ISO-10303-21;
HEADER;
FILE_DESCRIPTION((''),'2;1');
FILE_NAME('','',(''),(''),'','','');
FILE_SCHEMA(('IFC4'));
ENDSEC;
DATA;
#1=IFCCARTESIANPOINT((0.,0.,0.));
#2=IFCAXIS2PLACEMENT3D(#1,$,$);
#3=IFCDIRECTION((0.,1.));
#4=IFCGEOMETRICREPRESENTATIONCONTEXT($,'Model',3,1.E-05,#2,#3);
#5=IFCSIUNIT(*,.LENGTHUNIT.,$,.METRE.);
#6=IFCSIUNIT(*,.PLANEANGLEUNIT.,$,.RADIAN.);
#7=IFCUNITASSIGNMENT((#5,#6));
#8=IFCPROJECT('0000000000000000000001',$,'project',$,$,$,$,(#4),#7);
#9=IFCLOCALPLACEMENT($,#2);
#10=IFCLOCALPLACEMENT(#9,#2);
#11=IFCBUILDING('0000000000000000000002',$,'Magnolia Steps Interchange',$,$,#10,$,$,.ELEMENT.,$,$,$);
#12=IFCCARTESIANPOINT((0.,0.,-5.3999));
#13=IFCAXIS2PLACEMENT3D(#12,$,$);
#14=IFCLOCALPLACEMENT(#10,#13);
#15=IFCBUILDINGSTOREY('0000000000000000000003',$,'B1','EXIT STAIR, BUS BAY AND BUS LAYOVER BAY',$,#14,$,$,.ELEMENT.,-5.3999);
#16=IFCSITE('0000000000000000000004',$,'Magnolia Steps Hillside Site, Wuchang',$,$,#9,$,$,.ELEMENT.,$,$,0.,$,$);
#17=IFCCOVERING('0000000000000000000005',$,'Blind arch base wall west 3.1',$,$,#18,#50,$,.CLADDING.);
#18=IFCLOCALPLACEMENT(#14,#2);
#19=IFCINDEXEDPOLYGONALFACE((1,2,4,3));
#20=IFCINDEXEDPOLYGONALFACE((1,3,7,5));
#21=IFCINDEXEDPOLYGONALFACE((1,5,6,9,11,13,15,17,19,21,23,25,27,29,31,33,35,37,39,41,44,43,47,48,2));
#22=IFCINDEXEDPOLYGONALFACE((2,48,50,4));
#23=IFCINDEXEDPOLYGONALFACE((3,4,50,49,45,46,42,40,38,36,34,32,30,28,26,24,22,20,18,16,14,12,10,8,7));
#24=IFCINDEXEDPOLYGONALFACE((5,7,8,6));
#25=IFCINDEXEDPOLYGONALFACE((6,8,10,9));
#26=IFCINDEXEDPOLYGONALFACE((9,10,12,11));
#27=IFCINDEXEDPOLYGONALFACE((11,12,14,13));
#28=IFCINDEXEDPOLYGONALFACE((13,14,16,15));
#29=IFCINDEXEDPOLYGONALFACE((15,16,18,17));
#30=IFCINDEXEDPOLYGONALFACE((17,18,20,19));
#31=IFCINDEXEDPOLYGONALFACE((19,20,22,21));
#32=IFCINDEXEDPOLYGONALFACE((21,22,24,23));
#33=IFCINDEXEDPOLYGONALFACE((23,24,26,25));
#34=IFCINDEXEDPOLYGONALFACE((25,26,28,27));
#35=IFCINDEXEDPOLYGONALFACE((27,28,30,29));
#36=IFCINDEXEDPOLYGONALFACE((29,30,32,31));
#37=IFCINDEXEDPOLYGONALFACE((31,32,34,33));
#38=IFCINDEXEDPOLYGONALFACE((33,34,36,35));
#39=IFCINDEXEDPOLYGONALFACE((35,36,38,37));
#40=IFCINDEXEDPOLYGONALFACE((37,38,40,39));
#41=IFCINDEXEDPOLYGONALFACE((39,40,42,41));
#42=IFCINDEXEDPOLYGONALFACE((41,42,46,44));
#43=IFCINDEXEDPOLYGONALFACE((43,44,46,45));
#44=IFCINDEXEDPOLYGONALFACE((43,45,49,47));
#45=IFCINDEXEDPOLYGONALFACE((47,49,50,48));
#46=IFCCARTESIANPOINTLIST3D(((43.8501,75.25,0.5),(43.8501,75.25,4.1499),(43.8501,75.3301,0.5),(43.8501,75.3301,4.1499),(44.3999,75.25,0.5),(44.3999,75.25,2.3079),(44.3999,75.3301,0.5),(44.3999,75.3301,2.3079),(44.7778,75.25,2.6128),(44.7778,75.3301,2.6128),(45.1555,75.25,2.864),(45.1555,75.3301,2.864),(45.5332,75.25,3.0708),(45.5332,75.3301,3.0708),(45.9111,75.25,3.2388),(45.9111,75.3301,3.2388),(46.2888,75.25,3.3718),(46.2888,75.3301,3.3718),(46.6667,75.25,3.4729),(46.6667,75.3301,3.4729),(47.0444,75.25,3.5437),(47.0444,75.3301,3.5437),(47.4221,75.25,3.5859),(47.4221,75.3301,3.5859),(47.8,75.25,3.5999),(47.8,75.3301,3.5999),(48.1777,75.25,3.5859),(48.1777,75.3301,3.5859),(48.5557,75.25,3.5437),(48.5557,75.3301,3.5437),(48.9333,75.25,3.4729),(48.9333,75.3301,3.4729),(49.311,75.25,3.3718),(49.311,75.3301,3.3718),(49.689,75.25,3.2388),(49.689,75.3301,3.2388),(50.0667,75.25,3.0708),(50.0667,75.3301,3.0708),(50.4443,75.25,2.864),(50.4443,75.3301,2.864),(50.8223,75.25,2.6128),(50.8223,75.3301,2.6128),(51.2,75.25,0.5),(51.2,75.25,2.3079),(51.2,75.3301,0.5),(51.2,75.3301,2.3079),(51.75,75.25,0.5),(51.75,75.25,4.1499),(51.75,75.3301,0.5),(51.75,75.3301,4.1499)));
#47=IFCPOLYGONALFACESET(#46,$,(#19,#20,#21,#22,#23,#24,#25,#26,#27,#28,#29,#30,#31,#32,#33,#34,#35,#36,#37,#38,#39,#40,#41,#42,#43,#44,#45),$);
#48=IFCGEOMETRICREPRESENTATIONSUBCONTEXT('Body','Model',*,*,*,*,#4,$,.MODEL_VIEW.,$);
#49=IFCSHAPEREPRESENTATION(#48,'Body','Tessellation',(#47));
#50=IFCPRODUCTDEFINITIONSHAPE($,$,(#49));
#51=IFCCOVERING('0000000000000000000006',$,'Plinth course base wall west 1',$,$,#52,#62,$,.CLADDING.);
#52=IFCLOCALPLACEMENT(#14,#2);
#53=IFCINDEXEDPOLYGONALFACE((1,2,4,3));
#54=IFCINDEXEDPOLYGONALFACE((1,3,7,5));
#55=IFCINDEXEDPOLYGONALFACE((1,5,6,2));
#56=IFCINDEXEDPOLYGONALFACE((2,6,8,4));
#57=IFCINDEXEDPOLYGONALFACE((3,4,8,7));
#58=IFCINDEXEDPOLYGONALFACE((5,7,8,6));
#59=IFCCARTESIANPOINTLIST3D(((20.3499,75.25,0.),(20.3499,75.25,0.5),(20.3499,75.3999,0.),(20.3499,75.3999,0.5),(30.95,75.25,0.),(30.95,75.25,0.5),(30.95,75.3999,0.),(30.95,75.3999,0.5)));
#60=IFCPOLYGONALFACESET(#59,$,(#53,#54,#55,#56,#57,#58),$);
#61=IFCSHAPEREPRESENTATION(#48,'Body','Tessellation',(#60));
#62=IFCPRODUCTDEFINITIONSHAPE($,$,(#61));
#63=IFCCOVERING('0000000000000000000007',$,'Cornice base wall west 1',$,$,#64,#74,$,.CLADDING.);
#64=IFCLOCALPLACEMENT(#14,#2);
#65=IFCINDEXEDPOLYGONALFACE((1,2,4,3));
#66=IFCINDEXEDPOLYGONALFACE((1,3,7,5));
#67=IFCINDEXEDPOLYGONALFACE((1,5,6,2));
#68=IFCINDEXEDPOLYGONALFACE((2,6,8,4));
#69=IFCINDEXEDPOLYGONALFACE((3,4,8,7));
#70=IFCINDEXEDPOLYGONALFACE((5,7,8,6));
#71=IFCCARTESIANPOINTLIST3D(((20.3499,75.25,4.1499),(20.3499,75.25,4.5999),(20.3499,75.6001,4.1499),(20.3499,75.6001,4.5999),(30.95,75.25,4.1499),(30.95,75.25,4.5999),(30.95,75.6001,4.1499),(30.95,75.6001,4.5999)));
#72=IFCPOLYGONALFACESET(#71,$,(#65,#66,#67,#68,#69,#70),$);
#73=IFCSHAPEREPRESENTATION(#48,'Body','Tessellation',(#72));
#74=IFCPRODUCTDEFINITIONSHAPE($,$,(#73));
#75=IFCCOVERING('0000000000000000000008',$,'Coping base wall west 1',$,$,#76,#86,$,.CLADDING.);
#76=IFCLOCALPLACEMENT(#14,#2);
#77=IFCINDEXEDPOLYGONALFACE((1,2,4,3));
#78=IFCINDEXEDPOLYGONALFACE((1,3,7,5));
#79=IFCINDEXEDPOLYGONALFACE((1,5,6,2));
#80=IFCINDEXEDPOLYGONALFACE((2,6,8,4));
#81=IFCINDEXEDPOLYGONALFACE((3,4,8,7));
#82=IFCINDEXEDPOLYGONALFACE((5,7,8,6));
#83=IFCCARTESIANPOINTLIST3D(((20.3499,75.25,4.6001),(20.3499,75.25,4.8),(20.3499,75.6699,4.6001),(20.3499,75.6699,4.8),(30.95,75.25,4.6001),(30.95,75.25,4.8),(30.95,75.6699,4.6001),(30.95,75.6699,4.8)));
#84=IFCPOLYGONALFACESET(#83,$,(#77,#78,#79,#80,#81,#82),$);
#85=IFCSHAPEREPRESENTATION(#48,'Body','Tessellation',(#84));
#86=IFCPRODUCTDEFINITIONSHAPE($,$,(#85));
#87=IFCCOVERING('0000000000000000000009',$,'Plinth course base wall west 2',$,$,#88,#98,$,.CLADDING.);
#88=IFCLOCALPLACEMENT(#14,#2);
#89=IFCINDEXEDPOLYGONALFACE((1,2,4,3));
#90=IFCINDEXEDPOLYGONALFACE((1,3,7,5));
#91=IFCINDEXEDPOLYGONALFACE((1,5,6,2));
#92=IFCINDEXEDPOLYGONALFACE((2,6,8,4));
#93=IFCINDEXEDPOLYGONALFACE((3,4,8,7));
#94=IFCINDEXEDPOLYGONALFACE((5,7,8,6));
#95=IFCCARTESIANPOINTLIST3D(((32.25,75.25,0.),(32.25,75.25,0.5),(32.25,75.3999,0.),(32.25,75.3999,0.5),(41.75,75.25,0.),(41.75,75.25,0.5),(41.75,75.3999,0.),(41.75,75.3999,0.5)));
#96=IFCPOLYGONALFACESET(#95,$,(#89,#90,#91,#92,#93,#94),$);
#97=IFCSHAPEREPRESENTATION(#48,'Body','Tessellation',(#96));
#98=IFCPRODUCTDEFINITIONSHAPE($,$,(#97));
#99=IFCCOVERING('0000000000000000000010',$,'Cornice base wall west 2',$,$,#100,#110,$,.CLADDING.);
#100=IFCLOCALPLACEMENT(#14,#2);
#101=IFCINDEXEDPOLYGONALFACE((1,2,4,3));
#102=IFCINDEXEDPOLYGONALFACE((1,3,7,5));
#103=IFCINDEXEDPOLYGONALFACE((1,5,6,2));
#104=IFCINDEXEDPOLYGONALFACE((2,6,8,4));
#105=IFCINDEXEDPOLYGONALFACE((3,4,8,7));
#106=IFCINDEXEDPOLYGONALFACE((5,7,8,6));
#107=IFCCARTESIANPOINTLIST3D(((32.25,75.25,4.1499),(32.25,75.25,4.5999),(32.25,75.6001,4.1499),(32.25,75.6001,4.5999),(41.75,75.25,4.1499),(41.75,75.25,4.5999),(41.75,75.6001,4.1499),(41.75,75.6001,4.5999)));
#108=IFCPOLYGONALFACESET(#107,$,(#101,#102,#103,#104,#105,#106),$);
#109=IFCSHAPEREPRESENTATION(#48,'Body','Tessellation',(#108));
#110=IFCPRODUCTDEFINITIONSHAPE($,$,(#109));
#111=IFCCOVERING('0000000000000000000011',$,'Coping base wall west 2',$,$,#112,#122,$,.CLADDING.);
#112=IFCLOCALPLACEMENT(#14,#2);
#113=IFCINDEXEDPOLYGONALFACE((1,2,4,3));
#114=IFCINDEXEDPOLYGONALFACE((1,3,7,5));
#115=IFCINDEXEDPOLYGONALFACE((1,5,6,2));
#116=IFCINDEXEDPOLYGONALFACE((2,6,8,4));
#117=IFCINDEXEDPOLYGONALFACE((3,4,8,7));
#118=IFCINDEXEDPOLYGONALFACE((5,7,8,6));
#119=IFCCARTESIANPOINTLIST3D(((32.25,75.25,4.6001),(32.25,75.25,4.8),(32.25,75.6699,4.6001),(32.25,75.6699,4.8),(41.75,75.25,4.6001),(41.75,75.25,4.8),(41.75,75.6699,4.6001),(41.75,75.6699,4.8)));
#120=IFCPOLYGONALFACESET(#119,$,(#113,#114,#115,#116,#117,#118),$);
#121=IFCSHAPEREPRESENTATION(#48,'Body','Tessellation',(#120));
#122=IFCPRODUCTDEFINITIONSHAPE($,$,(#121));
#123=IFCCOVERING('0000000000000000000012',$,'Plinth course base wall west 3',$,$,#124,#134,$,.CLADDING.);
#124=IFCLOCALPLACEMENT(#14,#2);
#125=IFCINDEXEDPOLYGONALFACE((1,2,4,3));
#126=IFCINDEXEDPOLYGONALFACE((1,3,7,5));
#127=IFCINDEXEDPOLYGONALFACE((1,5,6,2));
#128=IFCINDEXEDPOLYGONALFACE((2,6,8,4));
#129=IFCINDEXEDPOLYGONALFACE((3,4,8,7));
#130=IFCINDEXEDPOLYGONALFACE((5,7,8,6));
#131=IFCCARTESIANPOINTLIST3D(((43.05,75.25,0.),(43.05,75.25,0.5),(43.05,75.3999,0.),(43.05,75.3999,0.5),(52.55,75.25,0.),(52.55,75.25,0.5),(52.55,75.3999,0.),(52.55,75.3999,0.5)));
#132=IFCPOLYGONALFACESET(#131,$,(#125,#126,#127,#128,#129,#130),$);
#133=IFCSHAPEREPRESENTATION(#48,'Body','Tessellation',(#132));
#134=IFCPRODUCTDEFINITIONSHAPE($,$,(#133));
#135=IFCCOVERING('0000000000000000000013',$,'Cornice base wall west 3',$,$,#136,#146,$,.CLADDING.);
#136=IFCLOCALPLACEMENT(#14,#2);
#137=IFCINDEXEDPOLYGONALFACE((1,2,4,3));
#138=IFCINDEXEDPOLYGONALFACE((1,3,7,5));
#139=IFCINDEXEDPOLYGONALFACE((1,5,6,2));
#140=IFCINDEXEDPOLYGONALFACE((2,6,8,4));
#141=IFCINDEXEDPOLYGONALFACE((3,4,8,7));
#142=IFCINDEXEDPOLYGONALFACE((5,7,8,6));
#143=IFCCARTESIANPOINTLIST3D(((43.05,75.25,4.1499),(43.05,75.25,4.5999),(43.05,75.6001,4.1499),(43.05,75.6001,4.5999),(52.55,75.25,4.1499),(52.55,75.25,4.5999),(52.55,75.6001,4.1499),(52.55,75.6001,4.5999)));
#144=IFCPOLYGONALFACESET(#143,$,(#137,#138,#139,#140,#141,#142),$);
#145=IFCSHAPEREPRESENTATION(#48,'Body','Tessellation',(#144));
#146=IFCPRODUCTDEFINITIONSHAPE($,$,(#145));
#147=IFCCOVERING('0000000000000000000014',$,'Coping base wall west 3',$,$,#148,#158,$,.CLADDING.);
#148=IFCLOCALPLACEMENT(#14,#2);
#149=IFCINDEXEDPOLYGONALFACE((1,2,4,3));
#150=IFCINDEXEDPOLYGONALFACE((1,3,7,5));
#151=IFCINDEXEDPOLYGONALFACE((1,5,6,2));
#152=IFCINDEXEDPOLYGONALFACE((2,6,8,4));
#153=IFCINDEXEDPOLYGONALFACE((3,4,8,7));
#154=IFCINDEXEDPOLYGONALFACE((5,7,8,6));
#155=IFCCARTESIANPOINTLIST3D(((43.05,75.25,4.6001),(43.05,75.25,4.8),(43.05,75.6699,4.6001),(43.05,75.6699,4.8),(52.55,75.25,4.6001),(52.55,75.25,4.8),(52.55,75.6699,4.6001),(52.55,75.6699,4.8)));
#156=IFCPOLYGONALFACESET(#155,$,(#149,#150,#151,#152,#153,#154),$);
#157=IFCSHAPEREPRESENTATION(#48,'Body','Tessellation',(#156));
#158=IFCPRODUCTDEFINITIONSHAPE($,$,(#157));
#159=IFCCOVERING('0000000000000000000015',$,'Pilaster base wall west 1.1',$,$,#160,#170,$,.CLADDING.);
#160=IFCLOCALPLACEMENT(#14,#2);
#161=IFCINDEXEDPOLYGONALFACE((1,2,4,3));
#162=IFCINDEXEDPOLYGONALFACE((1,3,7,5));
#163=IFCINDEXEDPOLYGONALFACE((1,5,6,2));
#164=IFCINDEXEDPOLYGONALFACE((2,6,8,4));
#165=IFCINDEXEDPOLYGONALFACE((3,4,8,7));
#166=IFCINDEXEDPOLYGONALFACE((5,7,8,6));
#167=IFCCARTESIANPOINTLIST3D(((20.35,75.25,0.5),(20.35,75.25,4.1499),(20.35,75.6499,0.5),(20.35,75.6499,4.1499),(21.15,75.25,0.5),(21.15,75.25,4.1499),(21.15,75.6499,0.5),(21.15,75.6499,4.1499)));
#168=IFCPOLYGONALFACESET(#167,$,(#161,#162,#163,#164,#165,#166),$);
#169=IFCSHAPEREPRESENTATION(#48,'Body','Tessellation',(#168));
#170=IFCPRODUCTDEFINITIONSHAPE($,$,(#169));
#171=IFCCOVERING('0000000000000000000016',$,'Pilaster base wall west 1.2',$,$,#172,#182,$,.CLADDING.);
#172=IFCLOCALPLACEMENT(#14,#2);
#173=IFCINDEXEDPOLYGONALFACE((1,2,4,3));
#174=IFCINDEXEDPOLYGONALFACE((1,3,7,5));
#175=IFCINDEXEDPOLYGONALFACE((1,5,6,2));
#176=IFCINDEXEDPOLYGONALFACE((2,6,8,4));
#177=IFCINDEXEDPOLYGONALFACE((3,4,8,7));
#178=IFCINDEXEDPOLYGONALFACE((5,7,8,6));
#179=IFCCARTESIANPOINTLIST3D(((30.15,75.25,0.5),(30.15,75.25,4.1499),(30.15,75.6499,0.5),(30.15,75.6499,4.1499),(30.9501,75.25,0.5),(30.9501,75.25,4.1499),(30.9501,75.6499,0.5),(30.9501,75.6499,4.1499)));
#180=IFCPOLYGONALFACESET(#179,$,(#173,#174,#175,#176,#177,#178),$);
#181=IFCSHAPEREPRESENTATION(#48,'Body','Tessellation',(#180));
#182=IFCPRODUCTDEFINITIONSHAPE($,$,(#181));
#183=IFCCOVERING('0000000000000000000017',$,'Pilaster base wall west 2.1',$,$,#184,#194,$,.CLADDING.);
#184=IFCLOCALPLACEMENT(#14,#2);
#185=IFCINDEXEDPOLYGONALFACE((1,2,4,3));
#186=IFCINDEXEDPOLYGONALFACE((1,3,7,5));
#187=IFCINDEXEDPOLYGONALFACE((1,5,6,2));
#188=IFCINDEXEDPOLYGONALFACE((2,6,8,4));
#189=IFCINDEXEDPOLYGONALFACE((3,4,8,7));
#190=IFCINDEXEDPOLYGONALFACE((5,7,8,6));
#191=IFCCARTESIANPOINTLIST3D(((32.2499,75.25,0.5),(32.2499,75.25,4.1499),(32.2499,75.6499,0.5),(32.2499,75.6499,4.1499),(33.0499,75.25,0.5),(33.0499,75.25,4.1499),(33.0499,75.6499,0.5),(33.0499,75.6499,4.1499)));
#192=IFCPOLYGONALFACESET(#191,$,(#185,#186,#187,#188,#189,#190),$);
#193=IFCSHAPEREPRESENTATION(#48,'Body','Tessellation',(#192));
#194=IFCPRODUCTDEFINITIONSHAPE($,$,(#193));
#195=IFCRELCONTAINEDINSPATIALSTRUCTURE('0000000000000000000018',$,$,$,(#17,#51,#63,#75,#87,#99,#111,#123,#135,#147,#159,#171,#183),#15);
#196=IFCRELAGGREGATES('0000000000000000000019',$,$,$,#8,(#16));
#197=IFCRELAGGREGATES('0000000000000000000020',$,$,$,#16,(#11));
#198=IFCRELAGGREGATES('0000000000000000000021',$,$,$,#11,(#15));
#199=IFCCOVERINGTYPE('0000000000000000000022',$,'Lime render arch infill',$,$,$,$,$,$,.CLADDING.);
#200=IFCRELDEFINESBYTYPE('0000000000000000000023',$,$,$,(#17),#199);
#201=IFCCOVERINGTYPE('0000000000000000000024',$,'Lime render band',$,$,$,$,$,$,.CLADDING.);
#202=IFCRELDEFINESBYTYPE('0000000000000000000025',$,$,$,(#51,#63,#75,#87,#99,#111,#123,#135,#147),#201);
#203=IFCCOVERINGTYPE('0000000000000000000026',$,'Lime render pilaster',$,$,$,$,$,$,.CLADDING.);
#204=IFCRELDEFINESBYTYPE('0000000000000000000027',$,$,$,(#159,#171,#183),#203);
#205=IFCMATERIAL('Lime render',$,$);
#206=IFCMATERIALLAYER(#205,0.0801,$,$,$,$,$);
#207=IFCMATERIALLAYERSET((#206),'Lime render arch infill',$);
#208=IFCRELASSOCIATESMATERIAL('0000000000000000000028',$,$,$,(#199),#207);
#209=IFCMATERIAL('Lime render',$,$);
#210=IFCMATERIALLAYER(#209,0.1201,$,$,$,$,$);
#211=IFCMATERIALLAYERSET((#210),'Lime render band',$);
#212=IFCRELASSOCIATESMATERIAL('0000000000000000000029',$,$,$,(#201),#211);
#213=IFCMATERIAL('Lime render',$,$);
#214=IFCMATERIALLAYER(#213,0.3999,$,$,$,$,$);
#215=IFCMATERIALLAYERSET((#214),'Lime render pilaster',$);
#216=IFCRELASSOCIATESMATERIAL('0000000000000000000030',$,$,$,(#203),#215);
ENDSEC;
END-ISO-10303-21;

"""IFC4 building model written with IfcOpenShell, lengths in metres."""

from ifc_helpers import new_model, si_unit, direction, frame, origin, origin_2d, place, context, subcontext, project, spatial, polyline, rectangle, outline, extrude, material, layer, layer_set, type_object, element, save


model = new_model("IFC4")

# Units and contexts
model_context = context("Model", 3, precision=1e-05, world=origin(), true_north=direction((0.0, 1.0)))
body_context = subcontext(model_context, "Body", "Model", "MODEL_VIEW")
ifc_project = project(units=[si_unit("LENGTHUNIT", "METRE"), si_unit("PLANEANGLEUNIT", "RADIAN")], contexts=[model_context])

# Site, building, storey
site_placement = place(None, origin())
site = spatial("IfcSite", under=ifc_project, at=site_placement, Name="Magnolia Steps Hillside Site, Wuchang", CompositionType="ELEMENT", RefElevation=0.0)
building_placement = place(site_placement, origin())
building = spatial("IfcBuilding", under=site, at=building_placement, Name="Magnolia Steps Interchange", CompositionType="ELEMENT")
storey_placement = place(building_placement, frame((0.0, 0.0, -5.3999)))
storey = spatial("IfcBuildingStorey", under=building, at=storey_placement, Name="B1", Description="EXIT STAIR, BUS BAY AND BUS LAYOVER BAY", CompositionType="ELEMENT", Elevation=-5.3999)

# Coverings
ifc_material_1 = material(Name="Lime render")
ifc_layer_1 = layer(ifc_material_1, 0.0801)
ifc_layer_set_1 = layer_set([ifc_layer_1], Name="Lime render arch infill")
covering_type_1 = type_object("IfcCoveringType", Name="Lime render arch infill", PredefinedType="CLADDING", material=ifc_layer_set_1)
covering_1_placement = place(storey_placement, frame((44.3999, 75.25, 0.5), z_axis=(0.0, -1.0, 0.0), x_axis=(0.0, 0.0, 1.0)))
element("IfcCovering", 1, at=covering_1_placement, inside=storey, type_object=covering_type_1, Name="Blind arch base wall west 3.1", PredefinedType="CLADDING", context=body_context, shape_type="SweptSolid", body=[
    extrude(outline(polyline([(0.0, 0.0), (1.8079, 0.0), (2.1128, -0.3779), (2.364, -0.7556), (2.5708, -1.1333), (2.7388, -1.5112), (2.8718, -1.8889), (2.9729, -2.2668), (3.0437, -2.6445), (3.0859, -3.0222), (3.0999, -3.4001), (3.0859, -3.7778), (3.0437, -4.1558), (2.9729, -4.5334), (2.8718, -4.9111), (2.7388, -5.2891), (2.5708, -5.6667), (2.364, -6.0444), (2.1128, -6.4224), (1.8079, -6.8), (0.0, -6.8), (0.0, -7.3501), (3.6499, -7.3501), (3.6499, 0.5498), (0.0, 0.5498), (0.0, 0.0)])), origin(), (0.0, 0.0, -1.0), 0.0801),
])
ifc_material_2 = material(Name="Lime render")
ifc_layer_2 = layer(ifc_material_2, 0.1201)
ifc_layer_set_2 = layer_set([ifc_layer_2], Name="Lime render band")
covering_type_2 = type_object("IfcCoveringType", Name="Lime render band", PredefinedType="CLADDING", material=ifc_layer_set_2)
covering_2_placement = place(storey_placement, frame((25.6499, 75.325, 0.0), z_axis=(0.0, 0.0, 1.0), x_axis=(1.0, 0.0, 0.0)))
element("IfcCovering", 2, at=covering_2_placement, inside=storey, type_object=covering_type_2, Name="Plinth course base wall west 1", PredefinedType="CLADDING", context=body_context, shape_type="SweptSolid", body=[
    extrude(rectangle(XDim=10.6001, YDim=0.1499, at=origin_2d()), origin(), (0.0, 0.0, 1.0), 0.5),
])
covering_3_placement = place(storey_placement, frame((25.6499, 75.425, 4.1499), z_axis=(0.0, 0.0, 1.0), x_axis=(1.0, 0.0, 0.0)))
element("IfcCovering", 3, at=covering_3_placement, inside=storey, type_object=covering_type_2, Name="Cornice base wall west 1", PredefinedType="CLADDING", context=body_context, shape_type="SweptSolid", body=[
    extrude(rectangle(XDim=10.6001, YDim=0.3501, at=origin_2d()), origin(), (0.0, 0.0, 1.0), 0.45),
])
covering_4_placement = place(storey_placement, frame((25.6499, 75.46, 4.6001), z_axis=(0.0, 0.0, 1.0), x_axis=(1.0, 0.0, 0.0)))
element("IfcCovering", 4, at=covering_4_placement, inside=storey, type_object=covering_type_2, Name="Coping base wall west 1", PredefinedType="CLADDING", context=body_context, shape_type="SweptSolid", body=[
    extrude(rectangle(XDim=10.6001, YDim=0.4199, at=origin_2d()), origin(), (0.0, 0.0, 1.0), 0.2),
])
covering_5_placement = place(storey_placement, frame((37.0, 75.325, 0.0), z_axis=(0.0, 0.0, 1.0), x_axis=(1.0, 0.0, 0.0)))
element("IfcCovering", 5, at=covering_5_placement, inside=storey, type_object=covering_type_2, Name="Plinth course base wall west 2", PredefinedType="CLADDING", context=body_context, shape_type="SweptSolid", body=[
    extrude(rectangle(XDim=9.5, YDim=0.1499, at=origin_2d()), origin(), (0.0, 0.0, 1.0), 0.5),
])
covering_6_placement = place(storey_placement, frame((37.0, 75.425, 4.1499), z_axis=(0.0, 0.0, 1.0), x_axis=(1.0, 0.0, 0.0)))
element("IfcCovering", 6, at=covering_6_placement, inside=storey, type_object=covering_type_2, Name="Cornice base wall west 2", PredefinedType="CLADDING", context=body_context, shape_type="SweptSolid", body=[
    extrude(rectangle(XDim=9.5, YDim=0.3501, at=origin_2d()), origin(), (0.0, 0.0, 1.0), 0.45),
])
covering_7_placement = place(storey_placement, frame((37.0, 75.46, 4.6001), z_axis=(0.0, 0.0, 1.0), x_axis=(1.0, 0.0, 0.0)))
element("IfcCovering", 7, at=covering_7_placement, inside=storey, type_object=covering_type_2, Name="Coping base wall west 2", PredefinedType="CLADDING", context=body_context, shape_type="SweptSolid", body=[
    extrude(rectangle(XDim=9.5, YDim=0.4199, at=origin_2d()), origin(), (0.0, 0.0, 1.0), 0.2),
])
covering_8_placement = place(storey_placement, frame((47.8, 75.325, 0.0), z_axis=(0.0, 0.0, 1.0), x_axis=(1.0, 0.0, 0.0)))
element("IfcCovering", 8, at=covering_8_placement, inside=storey, type_object=covering_type_2, Name="Plinth course base wall west 3", PredefinedType="CLADDING", context=body_context, shape_type="SweptSolid", body=[
    extrude(rectangle(XDim=9.5, YDim=0.1499, at=origin_2d()), origin(), (0.0, 0.0, 1.0), 0.5),
])
covering_9_placement = place(storey_placement, frame((47.8, 75.425, 4.1499), z_axis=(0.0, 0.0, 1.0), x_axis=(1.0, 0.0, 0.0)))
element("IfcCovering", 9, at=covering_9_placement, inside=storey, type_object=covering_type_2, Name="Cornice base wall west 3", PredefinedType="CLADDING", context=body_context, shape_type="SweptSolid", body=[
    extrude(rectangle(XDim=9.5, YDim=0.3501, at=origin_2d()), origin(), (0.0, 0.0, 1.0), 0.45),
])
covering_10_placement = place(storey_placement, frame((47.8, 75.46, 4.6001), z_axis=(0.0, 0.0, 1.0), x_axis=(1.0, 0.0, 0.0)))
element("IfcCovering", 10, at=covering_10_placement, inside=storey, type_object=covering_type_2, Name="Coping base wall west 3", PredefinedType="CLADDING", context=body_context, shape_type="SweptSolid", body=[
    extrude(rectangle(XDim=9.5, YDim=0.4199, at=origin_2d()), origin(), (0.0, 0.0, 1.0), 0.2),
])
ifc_material_3 = material(Name="Lime render")
ifc_layer_3 = layer(ifc_material_3, 0.3999)
ifc_layer_set_3 = layer_set([ifc_layer_3], Name="Lime render pilaster")
covering_type_3 = type_object("IfcCoveringType", Name="Lime render pilaster", PredefinedType="CLADDING", material=ifc_layer_set_3)
for number, where, z_axis, x_axis, name in (
    (11, (20.75, 75.45, 0.5), (0.0, 0.0, 1.0), (1.0, 0.0, 0.0), "Pilaster base wall west 1.1"),
    (12, (30.55, 75.45, 0.5), (0.0, 0.0, 1.0), (1.0, 0.0, 0.0), "Pilaster base wall west 1.2"),
    (13, (32.6499, 75.45, 0.5), (0.0, 0.0, 1.0), (1.0, 0.0, 0.0), "Pilaster base wall west 2.1"),
):
    element("IfcCovering", number, at=place(storey_placement, frame(where, z_axis=z_axis, x_axis=x_axis)), inside=storey, type_object=covering_type_3, Name=name, PredefinedType="CLADDING", context=body_context, shape_type="SweptSolid", body=[
        extrude(rectangle(XDim=0.8, YDim=0.3999, at=origin_2d()), origin(), (0.0, 0.0, 1.0), 3.6499),
    ])

save(model, "model.ifc")
